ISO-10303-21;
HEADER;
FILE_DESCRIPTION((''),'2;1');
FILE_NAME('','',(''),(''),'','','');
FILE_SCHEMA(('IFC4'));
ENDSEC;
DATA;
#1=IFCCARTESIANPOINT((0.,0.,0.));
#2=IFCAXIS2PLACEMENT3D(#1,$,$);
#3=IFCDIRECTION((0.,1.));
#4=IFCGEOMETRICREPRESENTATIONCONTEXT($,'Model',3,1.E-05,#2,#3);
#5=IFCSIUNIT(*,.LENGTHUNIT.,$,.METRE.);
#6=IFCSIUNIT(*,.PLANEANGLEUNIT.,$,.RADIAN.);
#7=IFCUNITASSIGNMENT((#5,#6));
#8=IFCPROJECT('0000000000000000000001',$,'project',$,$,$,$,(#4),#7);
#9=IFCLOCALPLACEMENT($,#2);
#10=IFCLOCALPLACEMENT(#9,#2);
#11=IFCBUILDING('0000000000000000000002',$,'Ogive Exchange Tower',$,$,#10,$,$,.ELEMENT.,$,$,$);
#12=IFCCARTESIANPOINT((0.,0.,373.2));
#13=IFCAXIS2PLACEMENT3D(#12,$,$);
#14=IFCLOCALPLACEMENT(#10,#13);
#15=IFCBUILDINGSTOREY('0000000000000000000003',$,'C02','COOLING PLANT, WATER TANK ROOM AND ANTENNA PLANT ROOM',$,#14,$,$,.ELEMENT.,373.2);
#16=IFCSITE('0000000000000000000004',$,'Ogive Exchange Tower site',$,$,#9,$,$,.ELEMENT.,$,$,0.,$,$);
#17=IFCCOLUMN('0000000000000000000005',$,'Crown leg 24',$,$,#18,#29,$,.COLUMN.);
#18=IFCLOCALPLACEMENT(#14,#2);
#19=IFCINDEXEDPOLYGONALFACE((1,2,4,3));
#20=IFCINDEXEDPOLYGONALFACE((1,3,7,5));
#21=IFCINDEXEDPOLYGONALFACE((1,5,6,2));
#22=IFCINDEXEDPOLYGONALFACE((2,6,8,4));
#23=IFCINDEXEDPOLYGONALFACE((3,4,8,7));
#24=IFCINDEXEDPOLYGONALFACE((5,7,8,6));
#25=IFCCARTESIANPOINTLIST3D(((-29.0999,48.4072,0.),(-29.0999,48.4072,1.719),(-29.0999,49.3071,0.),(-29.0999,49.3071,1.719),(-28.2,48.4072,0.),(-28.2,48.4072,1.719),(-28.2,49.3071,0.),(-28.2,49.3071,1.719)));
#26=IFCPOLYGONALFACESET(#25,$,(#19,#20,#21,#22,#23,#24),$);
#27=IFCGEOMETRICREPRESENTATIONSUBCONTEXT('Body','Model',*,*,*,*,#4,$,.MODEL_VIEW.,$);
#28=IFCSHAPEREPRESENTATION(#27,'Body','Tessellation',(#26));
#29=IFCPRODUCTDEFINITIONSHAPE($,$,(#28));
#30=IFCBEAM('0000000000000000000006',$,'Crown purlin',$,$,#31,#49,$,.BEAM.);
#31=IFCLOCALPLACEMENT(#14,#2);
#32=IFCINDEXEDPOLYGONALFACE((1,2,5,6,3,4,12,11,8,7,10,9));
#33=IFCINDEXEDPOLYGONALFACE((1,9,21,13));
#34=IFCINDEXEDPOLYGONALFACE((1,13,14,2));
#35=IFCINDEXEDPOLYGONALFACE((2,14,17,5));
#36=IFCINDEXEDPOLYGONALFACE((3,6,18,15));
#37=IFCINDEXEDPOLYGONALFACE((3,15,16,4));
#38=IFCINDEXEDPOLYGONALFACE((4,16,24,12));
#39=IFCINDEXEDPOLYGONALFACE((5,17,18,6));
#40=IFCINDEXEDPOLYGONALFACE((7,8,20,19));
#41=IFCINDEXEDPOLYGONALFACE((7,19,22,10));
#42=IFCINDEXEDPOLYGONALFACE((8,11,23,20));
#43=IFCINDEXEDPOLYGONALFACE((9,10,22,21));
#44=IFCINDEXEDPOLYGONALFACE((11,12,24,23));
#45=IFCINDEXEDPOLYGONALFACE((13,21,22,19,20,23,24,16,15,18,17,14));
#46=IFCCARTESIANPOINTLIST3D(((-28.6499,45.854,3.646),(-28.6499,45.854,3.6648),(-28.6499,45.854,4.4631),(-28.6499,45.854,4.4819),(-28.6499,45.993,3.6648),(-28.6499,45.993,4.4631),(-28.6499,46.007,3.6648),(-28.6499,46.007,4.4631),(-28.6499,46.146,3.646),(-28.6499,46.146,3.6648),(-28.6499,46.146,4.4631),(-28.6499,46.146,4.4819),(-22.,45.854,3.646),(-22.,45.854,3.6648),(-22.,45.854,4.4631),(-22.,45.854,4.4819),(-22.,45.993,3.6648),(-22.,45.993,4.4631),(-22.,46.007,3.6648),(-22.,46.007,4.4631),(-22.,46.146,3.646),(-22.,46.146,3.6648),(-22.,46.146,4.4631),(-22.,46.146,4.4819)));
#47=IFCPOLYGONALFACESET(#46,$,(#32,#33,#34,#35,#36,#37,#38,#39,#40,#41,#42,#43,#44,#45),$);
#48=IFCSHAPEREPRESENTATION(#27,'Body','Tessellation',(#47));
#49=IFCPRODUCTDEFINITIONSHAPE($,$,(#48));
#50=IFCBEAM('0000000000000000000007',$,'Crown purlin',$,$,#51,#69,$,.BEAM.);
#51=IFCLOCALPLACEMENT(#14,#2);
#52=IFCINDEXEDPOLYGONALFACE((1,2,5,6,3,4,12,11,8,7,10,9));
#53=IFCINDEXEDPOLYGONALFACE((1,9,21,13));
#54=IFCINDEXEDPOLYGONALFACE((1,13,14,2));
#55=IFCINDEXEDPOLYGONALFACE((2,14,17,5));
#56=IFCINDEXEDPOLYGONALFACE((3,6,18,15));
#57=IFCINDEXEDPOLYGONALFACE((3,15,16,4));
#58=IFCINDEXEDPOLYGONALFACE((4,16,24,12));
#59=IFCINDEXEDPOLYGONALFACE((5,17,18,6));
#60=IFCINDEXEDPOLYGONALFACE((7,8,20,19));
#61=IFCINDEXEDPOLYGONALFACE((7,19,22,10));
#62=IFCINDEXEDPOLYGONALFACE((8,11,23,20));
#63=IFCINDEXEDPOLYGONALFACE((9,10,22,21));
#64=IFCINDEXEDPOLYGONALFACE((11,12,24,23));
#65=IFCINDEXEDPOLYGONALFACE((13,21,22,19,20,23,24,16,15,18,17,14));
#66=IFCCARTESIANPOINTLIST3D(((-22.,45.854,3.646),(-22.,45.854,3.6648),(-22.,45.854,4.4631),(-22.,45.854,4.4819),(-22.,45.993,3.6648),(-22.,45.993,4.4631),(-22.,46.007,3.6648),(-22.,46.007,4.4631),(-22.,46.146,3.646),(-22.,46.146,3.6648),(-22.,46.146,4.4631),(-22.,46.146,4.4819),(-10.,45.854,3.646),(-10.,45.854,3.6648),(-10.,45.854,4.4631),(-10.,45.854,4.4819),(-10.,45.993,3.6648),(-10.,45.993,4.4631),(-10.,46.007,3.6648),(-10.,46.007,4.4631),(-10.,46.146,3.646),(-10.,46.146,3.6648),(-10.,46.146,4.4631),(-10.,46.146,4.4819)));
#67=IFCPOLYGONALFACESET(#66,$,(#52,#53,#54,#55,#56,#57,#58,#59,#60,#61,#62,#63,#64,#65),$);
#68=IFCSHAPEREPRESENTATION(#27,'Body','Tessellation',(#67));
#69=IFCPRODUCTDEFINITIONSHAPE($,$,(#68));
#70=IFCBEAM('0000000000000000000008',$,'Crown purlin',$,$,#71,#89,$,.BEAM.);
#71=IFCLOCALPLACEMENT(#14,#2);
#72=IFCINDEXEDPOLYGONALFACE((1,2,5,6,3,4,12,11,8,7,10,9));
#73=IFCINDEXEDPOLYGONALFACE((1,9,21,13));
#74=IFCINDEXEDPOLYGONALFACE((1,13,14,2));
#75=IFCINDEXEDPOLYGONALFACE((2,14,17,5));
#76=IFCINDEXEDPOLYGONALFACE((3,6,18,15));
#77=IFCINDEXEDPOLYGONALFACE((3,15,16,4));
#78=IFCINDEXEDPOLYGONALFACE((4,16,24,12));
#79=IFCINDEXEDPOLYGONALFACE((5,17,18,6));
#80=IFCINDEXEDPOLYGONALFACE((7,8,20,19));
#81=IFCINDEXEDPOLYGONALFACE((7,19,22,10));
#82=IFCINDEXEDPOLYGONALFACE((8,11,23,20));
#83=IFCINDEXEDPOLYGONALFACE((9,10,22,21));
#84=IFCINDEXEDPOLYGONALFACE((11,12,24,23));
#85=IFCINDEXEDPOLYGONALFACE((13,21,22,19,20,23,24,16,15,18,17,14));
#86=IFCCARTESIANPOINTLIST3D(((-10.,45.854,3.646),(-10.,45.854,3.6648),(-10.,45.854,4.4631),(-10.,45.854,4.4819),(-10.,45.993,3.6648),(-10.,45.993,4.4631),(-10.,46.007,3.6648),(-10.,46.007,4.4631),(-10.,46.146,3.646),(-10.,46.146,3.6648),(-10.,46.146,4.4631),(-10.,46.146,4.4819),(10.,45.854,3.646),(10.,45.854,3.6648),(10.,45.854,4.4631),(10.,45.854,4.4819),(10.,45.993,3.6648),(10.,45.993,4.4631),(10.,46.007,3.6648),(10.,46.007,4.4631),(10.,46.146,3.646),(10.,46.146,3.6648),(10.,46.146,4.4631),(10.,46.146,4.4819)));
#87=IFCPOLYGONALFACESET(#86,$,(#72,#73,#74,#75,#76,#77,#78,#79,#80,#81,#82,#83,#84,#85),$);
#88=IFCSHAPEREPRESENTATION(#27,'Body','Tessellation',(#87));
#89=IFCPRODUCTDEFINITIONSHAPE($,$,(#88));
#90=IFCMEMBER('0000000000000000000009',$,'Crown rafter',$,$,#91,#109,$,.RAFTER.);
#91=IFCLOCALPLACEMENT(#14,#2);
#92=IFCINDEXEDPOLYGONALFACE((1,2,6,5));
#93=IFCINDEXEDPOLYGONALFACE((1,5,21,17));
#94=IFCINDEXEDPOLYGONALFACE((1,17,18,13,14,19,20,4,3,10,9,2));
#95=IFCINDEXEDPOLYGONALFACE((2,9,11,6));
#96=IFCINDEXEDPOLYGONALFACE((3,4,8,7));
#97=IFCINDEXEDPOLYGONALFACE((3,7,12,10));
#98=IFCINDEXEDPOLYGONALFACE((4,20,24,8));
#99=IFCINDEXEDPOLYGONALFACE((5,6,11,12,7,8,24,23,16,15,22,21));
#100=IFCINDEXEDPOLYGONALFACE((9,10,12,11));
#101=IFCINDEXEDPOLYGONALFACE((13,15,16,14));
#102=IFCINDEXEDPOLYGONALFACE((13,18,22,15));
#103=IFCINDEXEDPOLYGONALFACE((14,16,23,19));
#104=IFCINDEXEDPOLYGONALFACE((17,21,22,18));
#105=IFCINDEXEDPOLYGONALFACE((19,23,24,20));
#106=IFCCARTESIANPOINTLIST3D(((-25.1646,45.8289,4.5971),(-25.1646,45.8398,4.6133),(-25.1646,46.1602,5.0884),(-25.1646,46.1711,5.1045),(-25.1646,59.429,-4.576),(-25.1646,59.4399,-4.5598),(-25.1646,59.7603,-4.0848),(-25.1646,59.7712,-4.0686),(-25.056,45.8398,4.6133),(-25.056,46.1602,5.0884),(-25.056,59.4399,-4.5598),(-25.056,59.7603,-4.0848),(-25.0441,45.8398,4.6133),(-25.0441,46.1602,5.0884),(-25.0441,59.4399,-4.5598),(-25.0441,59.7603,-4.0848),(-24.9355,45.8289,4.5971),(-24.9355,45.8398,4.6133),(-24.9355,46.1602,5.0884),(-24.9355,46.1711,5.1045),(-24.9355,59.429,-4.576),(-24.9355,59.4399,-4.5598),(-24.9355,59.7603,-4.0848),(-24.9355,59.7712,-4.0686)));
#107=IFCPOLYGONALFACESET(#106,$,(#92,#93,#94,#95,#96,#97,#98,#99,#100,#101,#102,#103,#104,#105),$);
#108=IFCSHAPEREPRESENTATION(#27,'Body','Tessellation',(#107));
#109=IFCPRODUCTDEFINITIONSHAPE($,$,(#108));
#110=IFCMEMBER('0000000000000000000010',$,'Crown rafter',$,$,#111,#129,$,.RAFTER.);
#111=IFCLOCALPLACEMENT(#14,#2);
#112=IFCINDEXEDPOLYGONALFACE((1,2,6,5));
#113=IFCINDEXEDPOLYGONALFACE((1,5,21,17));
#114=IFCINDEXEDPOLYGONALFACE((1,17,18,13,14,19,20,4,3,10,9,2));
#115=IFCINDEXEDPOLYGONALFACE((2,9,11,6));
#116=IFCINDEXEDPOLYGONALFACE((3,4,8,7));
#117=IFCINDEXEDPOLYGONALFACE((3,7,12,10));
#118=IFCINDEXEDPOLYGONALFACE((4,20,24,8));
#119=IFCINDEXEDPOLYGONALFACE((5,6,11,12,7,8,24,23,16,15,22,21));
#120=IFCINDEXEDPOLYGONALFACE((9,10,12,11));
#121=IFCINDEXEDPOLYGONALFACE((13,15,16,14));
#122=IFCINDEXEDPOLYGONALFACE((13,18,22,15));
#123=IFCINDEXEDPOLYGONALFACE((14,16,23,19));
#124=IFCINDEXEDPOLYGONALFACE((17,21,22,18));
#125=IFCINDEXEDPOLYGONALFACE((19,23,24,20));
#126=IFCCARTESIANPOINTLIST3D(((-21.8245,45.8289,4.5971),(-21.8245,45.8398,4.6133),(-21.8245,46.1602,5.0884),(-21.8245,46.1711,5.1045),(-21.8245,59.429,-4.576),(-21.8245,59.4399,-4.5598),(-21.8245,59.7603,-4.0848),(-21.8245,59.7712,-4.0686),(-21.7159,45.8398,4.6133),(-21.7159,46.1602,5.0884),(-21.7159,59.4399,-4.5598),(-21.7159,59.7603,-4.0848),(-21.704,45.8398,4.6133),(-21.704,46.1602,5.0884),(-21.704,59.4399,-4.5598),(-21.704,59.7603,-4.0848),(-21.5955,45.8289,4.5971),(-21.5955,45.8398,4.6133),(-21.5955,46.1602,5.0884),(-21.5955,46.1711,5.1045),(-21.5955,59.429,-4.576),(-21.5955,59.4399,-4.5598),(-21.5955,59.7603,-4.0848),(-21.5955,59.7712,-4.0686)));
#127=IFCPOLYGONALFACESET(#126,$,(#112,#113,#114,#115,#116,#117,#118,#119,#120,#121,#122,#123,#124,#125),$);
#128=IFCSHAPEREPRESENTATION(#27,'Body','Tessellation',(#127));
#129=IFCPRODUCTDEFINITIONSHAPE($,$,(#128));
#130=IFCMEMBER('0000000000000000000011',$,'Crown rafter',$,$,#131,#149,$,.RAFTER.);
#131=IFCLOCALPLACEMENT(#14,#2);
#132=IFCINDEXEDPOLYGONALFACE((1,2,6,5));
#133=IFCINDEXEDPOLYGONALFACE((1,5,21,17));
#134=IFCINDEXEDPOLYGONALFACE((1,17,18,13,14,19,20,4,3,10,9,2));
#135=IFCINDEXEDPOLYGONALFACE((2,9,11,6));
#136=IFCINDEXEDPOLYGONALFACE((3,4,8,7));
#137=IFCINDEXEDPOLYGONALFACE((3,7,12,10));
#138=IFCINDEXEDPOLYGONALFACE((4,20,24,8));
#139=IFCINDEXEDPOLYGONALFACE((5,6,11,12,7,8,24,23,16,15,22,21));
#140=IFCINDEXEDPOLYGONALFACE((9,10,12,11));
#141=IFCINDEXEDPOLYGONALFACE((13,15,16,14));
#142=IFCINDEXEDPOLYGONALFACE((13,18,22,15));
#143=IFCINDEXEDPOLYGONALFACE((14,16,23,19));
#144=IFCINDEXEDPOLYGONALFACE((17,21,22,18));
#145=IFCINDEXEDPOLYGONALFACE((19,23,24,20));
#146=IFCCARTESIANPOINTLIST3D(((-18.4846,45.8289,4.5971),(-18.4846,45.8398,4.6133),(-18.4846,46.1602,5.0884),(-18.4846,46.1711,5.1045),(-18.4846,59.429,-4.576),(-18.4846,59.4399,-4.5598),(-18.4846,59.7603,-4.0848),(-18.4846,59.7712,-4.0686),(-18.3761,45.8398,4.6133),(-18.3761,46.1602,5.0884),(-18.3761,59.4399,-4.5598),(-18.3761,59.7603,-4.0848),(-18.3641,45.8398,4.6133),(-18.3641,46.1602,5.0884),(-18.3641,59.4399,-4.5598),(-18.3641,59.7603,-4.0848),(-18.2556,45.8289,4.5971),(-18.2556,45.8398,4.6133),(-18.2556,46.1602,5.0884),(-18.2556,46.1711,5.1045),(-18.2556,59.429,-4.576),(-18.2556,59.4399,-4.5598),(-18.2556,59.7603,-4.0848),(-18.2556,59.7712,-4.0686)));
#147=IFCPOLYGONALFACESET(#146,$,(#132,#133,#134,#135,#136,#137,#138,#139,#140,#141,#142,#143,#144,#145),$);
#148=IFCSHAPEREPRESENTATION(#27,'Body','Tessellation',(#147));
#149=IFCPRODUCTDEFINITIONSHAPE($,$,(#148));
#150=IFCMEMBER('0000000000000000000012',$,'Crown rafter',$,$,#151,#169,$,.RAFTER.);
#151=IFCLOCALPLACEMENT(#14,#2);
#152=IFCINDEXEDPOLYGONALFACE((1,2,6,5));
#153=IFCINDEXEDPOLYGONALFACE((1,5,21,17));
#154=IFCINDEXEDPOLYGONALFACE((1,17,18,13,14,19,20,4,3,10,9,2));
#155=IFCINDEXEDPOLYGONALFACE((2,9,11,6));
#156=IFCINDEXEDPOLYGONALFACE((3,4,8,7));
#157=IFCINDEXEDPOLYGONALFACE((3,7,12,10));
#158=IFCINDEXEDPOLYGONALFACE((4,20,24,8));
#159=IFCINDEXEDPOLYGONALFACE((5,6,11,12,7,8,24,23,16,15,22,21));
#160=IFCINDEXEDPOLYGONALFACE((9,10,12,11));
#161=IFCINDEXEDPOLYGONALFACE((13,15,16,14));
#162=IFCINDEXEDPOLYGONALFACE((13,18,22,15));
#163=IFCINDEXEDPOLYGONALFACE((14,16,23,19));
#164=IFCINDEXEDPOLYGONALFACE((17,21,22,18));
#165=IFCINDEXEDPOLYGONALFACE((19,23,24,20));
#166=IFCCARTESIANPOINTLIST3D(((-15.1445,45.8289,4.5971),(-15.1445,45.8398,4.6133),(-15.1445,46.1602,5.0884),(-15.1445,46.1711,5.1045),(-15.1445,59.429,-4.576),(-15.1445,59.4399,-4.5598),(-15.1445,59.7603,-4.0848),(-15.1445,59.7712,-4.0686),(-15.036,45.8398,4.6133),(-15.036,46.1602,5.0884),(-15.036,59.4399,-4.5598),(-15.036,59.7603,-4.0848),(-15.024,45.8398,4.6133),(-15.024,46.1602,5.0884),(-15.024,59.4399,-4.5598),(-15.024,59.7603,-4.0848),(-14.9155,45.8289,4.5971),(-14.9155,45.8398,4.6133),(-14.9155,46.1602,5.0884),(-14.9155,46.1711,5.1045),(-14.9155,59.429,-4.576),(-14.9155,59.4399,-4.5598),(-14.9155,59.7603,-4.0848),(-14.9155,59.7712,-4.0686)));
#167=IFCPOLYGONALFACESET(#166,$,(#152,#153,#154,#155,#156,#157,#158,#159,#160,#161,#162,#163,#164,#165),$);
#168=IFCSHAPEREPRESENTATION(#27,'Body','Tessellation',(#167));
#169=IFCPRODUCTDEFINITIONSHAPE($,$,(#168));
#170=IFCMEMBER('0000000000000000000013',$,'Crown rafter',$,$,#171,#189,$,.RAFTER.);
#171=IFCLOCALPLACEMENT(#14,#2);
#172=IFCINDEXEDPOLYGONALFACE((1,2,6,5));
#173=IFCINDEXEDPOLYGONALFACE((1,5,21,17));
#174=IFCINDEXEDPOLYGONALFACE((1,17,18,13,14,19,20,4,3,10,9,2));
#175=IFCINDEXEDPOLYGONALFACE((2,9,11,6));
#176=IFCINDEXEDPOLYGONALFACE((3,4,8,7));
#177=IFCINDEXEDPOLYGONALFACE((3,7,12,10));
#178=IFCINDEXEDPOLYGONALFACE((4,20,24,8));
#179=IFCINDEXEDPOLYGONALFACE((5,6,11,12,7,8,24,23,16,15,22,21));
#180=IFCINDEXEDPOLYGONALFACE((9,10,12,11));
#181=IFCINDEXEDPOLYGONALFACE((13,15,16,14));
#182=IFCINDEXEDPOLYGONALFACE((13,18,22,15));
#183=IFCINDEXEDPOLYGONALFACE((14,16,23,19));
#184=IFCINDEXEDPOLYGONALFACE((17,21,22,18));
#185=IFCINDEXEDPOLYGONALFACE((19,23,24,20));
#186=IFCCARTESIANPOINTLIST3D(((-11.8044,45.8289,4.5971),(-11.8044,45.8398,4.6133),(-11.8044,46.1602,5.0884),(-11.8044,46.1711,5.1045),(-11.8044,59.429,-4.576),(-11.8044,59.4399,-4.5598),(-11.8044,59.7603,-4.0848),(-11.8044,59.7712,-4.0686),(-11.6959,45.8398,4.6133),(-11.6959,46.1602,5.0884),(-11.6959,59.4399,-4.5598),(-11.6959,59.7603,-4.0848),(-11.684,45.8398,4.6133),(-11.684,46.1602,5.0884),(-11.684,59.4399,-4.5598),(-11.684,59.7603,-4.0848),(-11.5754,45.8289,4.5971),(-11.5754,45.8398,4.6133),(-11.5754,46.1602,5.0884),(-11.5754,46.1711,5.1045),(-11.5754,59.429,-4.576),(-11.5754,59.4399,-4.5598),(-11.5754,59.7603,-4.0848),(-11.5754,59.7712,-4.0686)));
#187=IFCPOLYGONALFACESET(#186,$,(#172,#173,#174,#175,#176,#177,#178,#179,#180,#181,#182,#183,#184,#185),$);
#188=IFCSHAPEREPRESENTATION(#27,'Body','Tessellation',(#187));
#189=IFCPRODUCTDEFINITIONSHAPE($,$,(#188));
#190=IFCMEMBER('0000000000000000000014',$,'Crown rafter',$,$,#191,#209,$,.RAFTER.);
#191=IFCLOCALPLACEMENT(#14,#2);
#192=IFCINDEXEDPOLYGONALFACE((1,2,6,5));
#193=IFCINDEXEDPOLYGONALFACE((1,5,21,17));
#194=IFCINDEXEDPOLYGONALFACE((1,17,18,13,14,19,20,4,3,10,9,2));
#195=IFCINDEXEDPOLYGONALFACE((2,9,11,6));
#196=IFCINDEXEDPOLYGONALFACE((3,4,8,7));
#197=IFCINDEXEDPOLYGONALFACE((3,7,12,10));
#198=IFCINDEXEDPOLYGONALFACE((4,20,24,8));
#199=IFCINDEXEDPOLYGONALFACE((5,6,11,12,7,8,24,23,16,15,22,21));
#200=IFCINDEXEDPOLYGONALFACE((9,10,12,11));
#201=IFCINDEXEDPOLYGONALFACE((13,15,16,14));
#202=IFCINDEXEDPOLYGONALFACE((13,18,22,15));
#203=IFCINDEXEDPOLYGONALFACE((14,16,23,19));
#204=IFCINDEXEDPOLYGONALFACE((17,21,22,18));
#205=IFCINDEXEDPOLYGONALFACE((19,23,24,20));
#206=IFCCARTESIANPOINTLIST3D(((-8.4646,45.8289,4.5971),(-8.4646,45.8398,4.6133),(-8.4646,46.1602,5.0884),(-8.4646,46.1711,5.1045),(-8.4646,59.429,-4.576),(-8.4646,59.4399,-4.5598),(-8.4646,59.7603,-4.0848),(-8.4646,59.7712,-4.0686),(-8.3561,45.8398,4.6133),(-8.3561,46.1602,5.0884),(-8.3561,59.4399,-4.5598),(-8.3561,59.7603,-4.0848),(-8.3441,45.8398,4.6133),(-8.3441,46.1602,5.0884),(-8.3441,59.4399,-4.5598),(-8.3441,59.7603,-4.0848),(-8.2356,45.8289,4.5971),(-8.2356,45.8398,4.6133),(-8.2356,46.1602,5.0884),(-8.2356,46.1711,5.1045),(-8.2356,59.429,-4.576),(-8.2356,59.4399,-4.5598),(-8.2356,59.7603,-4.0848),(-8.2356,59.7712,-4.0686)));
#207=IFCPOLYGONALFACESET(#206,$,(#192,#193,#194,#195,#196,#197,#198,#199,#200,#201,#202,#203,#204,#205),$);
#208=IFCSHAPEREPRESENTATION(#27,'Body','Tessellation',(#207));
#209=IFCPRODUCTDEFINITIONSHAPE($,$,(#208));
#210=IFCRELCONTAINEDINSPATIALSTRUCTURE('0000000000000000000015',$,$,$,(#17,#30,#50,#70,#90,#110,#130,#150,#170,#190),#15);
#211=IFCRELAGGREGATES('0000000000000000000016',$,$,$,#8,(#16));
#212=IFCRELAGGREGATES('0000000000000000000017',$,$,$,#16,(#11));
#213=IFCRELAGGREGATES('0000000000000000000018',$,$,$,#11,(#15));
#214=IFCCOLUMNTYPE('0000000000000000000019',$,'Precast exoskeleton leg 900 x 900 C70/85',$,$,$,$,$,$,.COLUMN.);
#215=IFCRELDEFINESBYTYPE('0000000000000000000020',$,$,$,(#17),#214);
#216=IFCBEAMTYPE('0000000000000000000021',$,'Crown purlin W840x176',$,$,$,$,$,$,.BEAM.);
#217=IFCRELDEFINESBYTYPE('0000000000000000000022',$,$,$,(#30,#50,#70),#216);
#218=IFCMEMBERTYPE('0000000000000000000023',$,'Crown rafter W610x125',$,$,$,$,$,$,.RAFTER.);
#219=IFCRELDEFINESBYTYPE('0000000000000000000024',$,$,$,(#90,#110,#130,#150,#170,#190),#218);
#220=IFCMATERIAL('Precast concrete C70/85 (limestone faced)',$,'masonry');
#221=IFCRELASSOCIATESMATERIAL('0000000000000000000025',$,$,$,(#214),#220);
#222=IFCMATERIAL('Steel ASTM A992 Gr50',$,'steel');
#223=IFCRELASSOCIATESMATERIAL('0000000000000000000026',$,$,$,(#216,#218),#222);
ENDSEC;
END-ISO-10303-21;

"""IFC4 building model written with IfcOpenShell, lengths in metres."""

from ifc_helpers import new_model, si_unit, direction, frame, origin, origin_2d, place, context, subcontext, project, spatial, rectangle, i_section, extrude, material, material_profile, profile_set, type_object, element, save


model = new_model("IFC4")

# Units and contexts
model_context = context("Model", 3, precision=1e-05, world=origin(), true_north=direction((0.0, 1.0)))
body_context = subcontext(model_context, "Body", "Model", "MODEL_VIEW")
ifc_project = project(units=[si_unit("LENGTHUNIT", "METRE"), si_unit("PLANEANGLEUNIT", "RADIAN")], contexts=[model_context])

# Site, building, storey
site_placement = place(None, origin())
site = spatial("IfcSite", under=ifc_project, at=site_placement, Name="Ogive Exchange Tower site", CompositionType="ELEMENT", RefElevation=0.0)
building_placement = place(site_placement, origin())
building = spatial("IfcBuilding", under=site, at=building_placement, Name="Ogive Exchange Tower", CompositionType="ELEMENT")
storey_placement = place(building_placement, frame((0.0, 0.0, 373.2)))
storey = spatial("IfcBuildingStorey", under=building, at=storey_placement, Name="C02", Description="COOLING PLANT, WATER TANK ROOM AND ANTENNA PLANT ROOM", CompositionType="ELEMENT", Elevation=373.2)

# Column
ifc_material_1 = material(Name="Precast concrete C70/85 (limestone faced)", Category="masonry")
ifc_material_profile_1 = material_profile(ifc_material_1, rectangle(XDim=0.8999, YDim=0.8999, at=origin_2d()), Name="900 x 900")
ifc_profile_set_1 = profile_set([ifc_material_profile_1], Name="Precast concrete C70/85 (limestone faced)")
column_type = type_object("IfcColumnType", Name="Precast exoskeleton leg 900 x 900 C70/85", PredefinedType="COLUMN", material=ifc_profile_set_1)
column_placement = place(storey_placement, frame((-28.6499, 48.8572, 0.0), z_axis=(0.0, 0.0, 1.0), x_axis=(1.0, 0.0, 0.0)))
element("IfcColumn", 1, at=column_placement, inside=storey, type_object=column_type, Name="Crown leg 24", PredefinedType="COLUMN", context=body_context, shape_type="SweptSolid", body=[
    extrude(rectangle(XDim=0.8999, YDim=0.8999, at=origin_2d()), origin(), (0.0, 0.0, 1.0), 1.719),
])

# Beams
ifc_material_2 = material(Name="Steel ASTM A992 Gr50", Category="steel")
ifc_material_profile_2 = material_profile(ifc_material_2, i_section(OverallWidth=0.292, OverallDepth=0.8359, WebThickness=0.0139, FlangeThickness=0.0188, at=origin_2d()), Name="W840x176")
ifc_profile_set_2 = profile_set([ifc_material_profile_2], Name="Steel ASTM A992 Gr50")
beam_type_1 = type_object("IfcBeamType", Name="Crown purlin W840x176", PredefinedType="BEAM", material=ifc_profile_set_2)
beam_1_placement = place(storey_placement, frame((-28.6499, 46.0, 4.064), z_axis=(1.0, 0.0, 0.0), x_axis=(0.0, 1.0, 0.0)))
element("IfcBeam", 2, at=beam_1_placement, inside=storey, type_object=beam_type_1, Name="Crown purlin", PredefinedType="BEAM", context=body_context, shape_type="SweptSolid", body=[
    extrude(i_section(OverallWidth=0.292, OverallDepth=0.8359, WebThickness=0.0139, FlangeThickness=0.0188, at=origin_2d()), origin(), (0.0, 0.0, 1.0), 6.6499),
])
beam_2_placement = place(storey_placement, frame((-22.0, 46.0, 4.064), z_axis=(1.0, 0.0, 0.0), x_axis=(0.0, 1.0, 0.0)))
element("IfcBeam", 3, at=beam_2_placement, inside=storey, type_object=beam_type_1, Name="Crown purlin", PredefinedType="BEAM", context=body_context, shape_type="SweptSolid", body=[
    extrude(i_section(OverallWidth=0.292, OverallDepth=0.8359, WebThickness=0.0139, FlangeThickness=0.0188, at=origin_2d()), origin(), (0.0, 0.0, 1.0), 12.0),
])
beam_3_placement = place(storey_placement, frame((-10.0, 46.0, 4.064), z_axis=(1.0, 0.0, 0.0), x_axis=(0.0, 1.0, 0.0)))
element("IfcBeam", 4, at=beam_3_placement, inside=storey, type_object=beam_type_1, Name="Crown purlin", PredefinedType="BEAM", context=body_context, shape_type="SweptSolid", body=[
    extrude(i_section(OverallWidth=0.292, OverallDepth=0.8359, WebThickness=0.0139, FlangeThickness=0.0188, at=origin_2d()), origin(), (0.0, 0.0, 1.0), 20.0),
])

# Members
ifc_material_profile_3 = material_profile(ifc_material_2, i_section(OverallWidth=0.229, OverallDepth=0.6121, WebThickness=0.012, FlangeThickness=0.0195, at=origin_2d()), Name="W610x125")
ifc_profile_set_3 = profile_set([ifc_material_profile_3], Name="Steel ASTM A992 Gr50")
member_type = type_object("IfcMemberType", Name="Crown rafter W610x125", PredefinedType="RAFTER", material=ifc_profile_set_3)
for number, where, z_axis, x_axis, name in (
    (5, (-25.05, 46.0, 4.8508), (0.0, 0.829046, -0.559181), (-1.0, 0.0, 0.0), "Crown rafter"),
    (6, (-21.71, 46.0, 4.8508), (0.0, 0.829046, -0.559181), (-1.0, 0.0, 0.0), "Crown rafter"),
    (7, (-18.3701, 46.0, 4.8508), (0.0, 0.829046, -0.559181), (-1.0, 0.0, 0.0), "Crown rafter"),
    (8, (-15.03, 46.0, 4.8508), (0.0, 0.829046, -0.559181), (-1.0, 0.0, 0.0), "Crown rafter"),
    (9, (-11.6899, 46.0, 4.8508), (0.0, 0.829046, -0.559181), (-1.0, 0.0, 0.0), "Crown rafter"),
    (10, (-8.3501, 46.0, 4.8508), (0.0, 0.829046, -0.559181), (-1.0, 0.0, 0.0), "Crown rafter"),
):
    element("IfcMember", number, at=place(storey_placement, frame(where, z_axis=z_axis, x_axis=x_axis)), inside=storey, type_object=member_type, Name=name, PredefinedType="RAFTER", context=body_context, shape_type="SweptSolid", body=[
        extrude(i_section(OverallWidth=0.229, OverallDepth=0.6121, WebThickness=0.012, FlangeThickness=0.0195, at=origin_2d()), origin(), (0.0, 0.0, 1.0), 16.4045),
    ])

save(model, "model.ifc")
